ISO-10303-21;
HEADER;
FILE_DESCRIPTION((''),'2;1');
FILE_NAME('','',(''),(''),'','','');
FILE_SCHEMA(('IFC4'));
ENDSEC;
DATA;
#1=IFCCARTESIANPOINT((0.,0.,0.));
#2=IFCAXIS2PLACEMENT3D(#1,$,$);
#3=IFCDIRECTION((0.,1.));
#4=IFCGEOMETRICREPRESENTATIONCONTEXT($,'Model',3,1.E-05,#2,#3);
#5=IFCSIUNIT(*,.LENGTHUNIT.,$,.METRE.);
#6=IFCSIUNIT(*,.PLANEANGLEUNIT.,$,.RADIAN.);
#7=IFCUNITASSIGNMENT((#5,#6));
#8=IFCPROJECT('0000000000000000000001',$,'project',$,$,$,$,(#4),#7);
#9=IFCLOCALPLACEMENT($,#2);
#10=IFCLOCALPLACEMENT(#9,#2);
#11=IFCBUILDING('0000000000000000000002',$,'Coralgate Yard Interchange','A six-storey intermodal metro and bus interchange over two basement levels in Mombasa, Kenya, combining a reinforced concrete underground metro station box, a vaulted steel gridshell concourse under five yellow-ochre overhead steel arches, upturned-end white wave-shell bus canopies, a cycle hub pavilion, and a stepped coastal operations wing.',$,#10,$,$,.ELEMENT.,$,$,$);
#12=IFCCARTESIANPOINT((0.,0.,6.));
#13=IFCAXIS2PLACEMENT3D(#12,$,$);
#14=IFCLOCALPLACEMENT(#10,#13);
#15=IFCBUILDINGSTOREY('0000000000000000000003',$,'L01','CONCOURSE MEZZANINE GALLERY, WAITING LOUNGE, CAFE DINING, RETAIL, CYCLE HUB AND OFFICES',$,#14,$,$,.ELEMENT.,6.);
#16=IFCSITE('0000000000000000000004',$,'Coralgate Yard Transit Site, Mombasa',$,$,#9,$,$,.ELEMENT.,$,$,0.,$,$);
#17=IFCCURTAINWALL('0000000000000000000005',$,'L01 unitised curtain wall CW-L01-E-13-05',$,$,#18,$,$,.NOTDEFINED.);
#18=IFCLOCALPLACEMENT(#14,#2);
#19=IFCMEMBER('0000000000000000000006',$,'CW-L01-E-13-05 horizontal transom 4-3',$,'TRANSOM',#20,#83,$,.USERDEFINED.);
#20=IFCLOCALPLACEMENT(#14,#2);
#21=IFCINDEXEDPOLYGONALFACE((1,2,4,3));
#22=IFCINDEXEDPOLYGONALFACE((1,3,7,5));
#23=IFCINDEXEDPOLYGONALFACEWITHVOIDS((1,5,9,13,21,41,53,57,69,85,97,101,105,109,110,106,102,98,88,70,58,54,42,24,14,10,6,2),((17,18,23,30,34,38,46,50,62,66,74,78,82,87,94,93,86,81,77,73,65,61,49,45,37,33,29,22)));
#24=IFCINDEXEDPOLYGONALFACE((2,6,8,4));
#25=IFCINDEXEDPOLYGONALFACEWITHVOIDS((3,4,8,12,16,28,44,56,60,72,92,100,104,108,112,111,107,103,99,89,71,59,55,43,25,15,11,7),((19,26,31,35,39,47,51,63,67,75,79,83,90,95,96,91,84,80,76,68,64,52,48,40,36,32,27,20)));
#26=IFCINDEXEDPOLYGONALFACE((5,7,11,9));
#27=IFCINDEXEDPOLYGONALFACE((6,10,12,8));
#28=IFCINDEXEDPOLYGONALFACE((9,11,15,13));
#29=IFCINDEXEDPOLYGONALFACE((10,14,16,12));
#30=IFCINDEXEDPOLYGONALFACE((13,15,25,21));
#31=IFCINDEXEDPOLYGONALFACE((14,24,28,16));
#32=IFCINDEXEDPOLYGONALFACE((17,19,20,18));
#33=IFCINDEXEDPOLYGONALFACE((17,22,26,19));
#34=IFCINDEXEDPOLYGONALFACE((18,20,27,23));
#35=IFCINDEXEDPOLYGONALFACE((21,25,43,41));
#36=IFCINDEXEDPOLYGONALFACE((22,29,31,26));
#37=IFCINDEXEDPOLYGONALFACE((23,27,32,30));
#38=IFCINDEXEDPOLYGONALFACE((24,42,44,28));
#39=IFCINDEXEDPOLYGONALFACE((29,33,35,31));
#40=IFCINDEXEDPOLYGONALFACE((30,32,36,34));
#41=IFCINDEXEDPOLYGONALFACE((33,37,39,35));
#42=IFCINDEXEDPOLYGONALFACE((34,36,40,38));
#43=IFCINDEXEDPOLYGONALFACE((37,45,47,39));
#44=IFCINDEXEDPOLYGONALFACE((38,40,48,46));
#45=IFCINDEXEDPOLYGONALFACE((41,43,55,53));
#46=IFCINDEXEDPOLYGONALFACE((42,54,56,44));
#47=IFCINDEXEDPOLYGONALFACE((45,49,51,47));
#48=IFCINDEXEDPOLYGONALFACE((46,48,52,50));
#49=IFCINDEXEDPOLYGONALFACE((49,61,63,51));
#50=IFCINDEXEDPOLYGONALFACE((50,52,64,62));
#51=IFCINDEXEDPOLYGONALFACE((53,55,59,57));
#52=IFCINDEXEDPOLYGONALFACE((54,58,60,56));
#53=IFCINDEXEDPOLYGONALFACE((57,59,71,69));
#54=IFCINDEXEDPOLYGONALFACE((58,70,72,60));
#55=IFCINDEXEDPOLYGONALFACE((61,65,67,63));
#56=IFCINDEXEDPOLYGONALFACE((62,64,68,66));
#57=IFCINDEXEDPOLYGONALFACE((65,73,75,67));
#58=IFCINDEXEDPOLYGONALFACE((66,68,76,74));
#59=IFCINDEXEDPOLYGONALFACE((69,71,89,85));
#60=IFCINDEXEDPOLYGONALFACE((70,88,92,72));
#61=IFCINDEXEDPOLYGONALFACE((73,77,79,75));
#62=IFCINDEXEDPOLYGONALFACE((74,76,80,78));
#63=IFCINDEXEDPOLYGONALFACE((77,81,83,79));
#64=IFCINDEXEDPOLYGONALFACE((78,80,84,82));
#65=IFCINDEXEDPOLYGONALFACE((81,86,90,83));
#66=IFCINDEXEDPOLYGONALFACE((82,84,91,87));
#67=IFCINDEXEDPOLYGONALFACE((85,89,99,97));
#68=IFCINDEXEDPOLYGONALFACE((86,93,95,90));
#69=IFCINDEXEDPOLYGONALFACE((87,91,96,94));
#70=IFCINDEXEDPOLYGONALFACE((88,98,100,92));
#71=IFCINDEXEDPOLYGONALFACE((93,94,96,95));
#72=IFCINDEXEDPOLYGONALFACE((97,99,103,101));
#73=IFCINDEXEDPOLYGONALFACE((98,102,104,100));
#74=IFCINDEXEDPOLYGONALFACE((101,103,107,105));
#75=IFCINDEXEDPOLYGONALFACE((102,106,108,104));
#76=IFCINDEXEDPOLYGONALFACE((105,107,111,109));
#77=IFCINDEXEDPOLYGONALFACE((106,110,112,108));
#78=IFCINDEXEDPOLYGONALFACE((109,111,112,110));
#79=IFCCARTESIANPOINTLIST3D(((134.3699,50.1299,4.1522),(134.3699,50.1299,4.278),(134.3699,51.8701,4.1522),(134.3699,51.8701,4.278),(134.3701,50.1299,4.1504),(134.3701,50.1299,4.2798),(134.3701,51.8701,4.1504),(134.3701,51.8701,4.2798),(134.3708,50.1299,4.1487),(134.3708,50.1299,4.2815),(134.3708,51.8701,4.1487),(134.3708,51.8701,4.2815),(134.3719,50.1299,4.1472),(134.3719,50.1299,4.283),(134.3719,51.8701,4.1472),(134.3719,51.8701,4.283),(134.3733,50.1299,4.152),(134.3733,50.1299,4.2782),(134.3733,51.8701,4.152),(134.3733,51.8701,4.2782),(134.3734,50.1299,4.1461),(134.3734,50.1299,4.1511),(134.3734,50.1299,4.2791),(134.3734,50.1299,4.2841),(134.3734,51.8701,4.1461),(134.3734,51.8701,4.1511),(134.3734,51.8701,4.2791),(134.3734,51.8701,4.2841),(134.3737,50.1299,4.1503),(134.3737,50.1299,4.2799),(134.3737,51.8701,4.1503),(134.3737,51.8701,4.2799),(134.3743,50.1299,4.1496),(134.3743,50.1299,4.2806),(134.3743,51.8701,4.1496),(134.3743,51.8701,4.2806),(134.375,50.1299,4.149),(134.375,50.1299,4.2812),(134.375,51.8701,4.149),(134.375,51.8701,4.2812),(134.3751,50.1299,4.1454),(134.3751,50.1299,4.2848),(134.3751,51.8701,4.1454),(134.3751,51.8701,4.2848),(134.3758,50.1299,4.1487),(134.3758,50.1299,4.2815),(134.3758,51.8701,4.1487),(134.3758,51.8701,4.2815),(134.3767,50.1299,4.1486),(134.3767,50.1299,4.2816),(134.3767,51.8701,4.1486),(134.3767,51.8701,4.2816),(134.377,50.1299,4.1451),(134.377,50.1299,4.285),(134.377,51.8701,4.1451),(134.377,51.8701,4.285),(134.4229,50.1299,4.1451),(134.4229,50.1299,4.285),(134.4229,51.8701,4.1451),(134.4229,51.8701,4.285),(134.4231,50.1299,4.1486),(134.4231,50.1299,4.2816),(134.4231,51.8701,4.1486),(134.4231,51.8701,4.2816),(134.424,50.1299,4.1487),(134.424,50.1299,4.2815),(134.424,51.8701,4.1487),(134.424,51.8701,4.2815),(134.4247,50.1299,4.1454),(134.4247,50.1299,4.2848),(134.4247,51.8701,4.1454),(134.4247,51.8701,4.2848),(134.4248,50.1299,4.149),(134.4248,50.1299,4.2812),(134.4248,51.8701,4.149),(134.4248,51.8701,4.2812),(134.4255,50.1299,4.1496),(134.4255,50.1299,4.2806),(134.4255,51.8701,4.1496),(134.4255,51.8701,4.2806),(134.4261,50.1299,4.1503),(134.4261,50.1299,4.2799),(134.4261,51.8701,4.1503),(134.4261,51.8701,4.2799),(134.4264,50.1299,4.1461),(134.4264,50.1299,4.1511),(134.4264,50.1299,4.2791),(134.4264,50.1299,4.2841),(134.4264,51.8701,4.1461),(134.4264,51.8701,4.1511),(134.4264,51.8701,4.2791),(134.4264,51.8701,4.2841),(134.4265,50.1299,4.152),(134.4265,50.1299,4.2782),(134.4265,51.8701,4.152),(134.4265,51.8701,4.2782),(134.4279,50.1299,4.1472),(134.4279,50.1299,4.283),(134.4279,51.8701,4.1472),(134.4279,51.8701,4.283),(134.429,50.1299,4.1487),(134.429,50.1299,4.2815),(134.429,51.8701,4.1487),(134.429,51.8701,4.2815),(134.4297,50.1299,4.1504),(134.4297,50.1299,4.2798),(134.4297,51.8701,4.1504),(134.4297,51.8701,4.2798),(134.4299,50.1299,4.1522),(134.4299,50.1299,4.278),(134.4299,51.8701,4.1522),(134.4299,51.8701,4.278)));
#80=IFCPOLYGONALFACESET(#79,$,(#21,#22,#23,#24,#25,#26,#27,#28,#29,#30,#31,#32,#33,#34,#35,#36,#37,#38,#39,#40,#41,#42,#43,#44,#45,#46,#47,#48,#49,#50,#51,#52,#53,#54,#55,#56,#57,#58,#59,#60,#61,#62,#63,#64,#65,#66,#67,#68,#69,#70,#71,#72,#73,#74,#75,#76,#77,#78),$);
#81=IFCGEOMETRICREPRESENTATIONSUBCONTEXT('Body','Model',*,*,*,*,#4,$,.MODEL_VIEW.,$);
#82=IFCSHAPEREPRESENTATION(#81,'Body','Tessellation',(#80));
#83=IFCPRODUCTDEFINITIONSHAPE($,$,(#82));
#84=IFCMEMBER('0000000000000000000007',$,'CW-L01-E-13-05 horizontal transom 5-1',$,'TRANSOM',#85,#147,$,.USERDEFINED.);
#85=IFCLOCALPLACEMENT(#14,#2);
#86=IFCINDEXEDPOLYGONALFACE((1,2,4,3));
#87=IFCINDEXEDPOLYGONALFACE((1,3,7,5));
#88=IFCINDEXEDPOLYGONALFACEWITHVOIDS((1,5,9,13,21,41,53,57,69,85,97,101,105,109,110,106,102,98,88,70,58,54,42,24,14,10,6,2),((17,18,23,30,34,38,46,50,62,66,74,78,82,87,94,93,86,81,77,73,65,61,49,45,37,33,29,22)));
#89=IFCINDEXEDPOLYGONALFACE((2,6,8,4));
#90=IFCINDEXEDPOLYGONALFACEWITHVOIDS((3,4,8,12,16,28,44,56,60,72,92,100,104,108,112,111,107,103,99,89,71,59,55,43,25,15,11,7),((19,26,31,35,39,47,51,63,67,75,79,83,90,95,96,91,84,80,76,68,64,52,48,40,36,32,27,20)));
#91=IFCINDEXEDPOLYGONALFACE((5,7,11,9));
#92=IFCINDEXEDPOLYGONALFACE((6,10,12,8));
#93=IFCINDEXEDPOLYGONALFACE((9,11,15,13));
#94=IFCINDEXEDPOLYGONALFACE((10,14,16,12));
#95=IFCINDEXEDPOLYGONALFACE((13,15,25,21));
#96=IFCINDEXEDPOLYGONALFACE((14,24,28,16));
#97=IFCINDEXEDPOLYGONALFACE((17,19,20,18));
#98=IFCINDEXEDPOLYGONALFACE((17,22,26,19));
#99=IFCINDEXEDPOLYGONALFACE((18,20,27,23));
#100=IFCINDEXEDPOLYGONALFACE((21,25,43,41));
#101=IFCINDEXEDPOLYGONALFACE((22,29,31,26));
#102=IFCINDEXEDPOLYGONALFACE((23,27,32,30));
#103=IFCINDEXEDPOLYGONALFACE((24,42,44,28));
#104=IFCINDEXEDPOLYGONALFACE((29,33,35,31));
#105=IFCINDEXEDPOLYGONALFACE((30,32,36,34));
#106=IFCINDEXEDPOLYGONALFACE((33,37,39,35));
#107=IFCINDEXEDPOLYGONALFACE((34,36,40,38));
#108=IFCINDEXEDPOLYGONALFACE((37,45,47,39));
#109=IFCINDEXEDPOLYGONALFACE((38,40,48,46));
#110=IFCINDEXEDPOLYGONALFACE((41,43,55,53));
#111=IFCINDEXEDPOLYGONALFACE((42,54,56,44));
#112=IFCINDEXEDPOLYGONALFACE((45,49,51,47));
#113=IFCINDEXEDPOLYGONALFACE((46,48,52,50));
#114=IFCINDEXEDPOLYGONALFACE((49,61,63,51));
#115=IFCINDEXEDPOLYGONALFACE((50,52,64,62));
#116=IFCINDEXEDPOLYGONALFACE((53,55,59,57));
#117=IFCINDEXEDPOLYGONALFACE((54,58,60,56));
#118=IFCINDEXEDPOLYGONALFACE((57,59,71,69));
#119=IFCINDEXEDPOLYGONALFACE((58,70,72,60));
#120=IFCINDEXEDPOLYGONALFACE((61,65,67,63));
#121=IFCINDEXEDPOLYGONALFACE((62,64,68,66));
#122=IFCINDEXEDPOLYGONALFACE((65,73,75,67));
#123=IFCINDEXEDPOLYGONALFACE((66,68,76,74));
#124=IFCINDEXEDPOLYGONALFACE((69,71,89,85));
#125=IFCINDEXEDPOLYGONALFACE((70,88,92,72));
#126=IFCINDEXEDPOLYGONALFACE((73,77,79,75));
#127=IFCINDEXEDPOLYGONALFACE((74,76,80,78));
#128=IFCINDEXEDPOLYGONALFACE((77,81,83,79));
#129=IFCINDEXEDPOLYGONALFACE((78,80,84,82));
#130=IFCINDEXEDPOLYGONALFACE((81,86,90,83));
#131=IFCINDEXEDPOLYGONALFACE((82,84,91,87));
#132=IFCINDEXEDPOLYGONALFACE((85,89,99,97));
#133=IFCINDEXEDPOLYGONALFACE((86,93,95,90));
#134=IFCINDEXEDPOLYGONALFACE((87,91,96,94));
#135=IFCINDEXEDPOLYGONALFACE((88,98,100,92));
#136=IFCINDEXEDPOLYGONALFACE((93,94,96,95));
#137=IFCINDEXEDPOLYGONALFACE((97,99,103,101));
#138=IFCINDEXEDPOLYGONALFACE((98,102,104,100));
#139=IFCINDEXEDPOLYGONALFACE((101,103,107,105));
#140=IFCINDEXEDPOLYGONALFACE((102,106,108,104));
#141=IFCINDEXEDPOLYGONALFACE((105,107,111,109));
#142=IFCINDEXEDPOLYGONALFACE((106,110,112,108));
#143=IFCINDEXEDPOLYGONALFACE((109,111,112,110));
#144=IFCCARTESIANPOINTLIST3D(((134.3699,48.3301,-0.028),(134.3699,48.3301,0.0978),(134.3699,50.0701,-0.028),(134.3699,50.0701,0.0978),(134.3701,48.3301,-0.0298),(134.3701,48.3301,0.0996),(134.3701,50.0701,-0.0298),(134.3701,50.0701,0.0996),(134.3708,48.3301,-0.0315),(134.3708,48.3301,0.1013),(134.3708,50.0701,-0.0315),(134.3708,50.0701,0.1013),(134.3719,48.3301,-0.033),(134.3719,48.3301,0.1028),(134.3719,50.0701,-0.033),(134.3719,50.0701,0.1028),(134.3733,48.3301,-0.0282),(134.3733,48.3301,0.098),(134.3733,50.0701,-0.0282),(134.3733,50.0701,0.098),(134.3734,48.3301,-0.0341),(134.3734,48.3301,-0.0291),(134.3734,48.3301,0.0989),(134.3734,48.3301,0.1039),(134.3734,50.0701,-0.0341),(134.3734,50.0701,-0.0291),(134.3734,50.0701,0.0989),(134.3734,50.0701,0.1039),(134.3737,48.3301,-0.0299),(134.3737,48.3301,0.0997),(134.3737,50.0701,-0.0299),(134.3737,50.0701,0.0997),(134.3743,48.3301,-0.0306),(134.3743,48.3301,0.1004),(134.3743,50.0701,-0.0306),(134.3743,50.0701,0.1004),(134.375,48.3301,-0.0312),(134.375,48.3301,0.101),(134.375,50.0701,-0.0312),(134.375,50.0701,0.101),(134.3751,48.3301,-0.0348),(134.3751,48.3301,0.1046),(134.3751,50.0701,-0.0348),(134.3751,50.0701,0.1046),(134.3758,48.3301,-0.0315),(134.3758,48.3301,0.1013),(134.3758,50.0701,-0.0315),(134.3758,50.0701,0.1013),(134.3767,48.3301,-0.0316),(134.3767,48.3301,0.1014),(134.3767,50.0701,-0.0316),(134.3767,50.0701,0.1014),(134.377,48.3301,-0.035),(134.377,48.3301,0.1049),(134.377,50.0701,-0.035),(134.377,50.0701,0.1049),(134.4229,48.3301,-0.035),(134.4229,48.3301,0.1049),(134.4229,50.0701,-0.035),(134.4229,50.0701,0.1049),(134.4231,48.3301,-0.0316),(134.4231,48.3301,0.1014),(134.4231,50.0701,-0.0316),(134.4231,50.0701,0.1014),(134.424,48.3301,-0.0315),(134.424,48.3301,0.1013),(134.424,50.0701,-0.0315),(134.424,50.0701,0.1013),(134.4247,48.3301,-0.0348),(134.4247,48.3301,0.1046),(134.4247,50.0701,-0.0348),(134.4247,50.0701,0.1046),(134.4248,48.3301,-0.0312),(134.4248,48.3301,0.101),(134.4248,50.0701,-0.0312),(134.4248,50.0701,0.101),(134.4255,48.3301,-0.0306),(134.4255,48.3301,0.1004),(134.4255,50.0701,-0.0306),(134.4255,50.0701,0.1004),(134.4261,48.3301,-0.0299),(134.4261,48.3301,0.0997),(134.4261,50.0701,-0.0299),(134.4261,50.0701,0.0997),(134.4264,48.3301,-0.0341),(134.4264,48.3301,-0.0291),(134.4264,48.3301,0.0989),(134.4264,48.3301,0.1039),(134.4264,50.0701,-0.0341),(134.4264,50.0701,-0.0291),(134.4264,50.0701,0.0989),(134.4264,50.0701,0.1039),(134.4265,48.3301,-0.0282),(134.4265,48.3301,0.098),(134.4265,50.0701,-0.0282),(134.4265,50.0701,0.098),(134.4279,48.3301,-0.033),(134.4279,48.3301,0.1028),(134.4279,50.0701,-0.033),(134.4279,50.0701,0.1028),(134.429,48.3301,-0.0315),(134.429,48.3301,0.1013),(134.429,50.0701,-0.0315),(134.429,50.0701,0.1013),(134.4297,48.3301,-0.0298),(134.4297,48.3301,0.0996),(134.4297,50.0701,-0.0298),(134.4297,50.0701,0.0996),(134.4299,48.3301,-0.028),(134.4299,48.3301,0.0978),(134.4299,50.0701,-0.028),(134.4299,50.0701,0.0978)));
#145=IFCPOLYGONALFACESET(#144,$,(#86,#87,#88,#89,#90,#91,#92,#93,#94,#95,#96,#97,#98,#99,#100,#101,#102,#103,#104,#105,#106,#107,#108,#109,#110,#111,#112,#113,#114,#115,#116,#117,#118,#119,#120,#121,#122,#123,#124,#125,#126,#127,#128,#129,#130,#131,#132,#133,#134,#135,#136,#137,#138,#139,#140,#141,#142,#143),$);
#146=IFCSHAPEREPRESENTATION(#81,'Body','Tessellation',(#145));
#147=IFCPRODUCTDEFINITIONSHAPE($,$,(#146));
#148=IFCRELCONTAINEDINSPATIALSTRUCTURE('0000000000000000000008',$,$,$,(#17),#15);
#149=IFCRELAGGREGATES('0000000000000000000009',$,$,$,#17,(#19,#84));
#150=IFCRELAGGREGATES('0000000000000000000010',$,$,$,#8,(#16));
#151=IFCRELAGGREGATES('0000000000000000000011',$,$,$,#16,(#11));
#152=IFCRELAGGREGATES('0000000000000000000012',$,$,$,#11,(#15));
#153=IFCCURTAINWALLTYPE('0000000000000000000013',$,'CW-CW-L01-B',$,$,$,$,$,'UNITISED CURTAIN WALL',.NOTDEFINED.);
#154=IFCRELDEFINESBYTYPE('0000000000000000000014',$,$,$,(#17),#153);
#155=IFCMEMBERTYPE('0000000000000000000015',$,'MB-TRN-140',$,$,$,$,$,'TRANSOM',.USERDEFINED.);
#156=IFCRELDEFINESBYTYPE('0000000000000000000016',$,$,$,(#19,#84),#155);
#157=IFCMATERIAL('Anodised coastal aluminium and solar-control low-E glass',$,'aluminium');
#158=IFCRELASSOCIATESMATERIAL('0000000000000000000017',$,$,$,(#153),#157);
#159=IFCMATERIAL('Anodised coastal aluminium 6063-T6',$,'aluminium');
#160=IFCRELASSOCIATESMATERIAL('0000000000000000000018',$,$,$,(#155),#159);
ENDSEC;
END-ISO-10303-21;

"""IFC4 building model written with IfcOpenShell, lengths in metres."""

from ifc_helpers import new_model, si_unit, direction, frame, origin, origin_2d, place, context, subcontext, project, spatial, hollow_rectangle, extrude, material, material_profile, profile_set, type_object, element, aggregate, save


model = new_model("IFC4")

# Units and contexts
model_context = context("Model", 3, precision=1e-05, world=origin(), true_north=direction((0.0, 1.0)))
body_context = subcontext(model_context, "Body", "Model", "MODEL_VIEW")
ifc_project = project(units=[si_unit("LENGTHUNIT", "METRE"), si_unit("PLANEANGLEUNIT", "RADIAN")], contexts=[model_context])

# Site, building, storey
site_placement = place(None, origin())
site = spatial("IfcSite", under=ifc_project, at=site_placement, Name="Coralgate Yard Transit Site, Mombasa", CompositionType="ELEMENT", RefElevation=0.0)
building_placement = place(site_placement, origin())
building = spatial("IfcBuilding", under=site, at=building_placement, Name="Coralgate Yard Interchange", Description="A six-storey intermodal metro and bus interchange over two basement levels in Mombasa, Kenya, combining a reinforced concrete underground metro station box, a vaulted steel gridshell concourse under five yellow-ochre overhead steel arches, upturned-end white wave-shell bus canopies, a cycle hub pavilion, and a stepped coastal operations wing.", CompositionType="ELEMENT")
storey_placement = place(building_placement, frame((0.0, 0.0, 6.0)))
storey = spatial("IfcBuildingStorey", under=building, at=storey_placement, Name="L01", Description="CONCOURSE MEZZANINE GALLERY, WAITING LOUNGE, CAFE DINING, RETAIL, CYCLE HUB AND OFFICES", CompositionType="ELEMENT", Elevation=6.0)

# Shared definitions
ifc_material_1 = material(Name="Anodised coastal aluminium and solar-control low-E glass", Category="aluminium")
ifc_material_2 = material(Name="Anodised coastal aluminium 6063-T6", Category="aluminium")

# Curtain wall
curtain_wall_type_1 = type_object("IfcCurtainWallType", Name="CW-CW-L01-B", ElementType="UNITISED CURTAIN WALL", PredefinedType="NOTDEFINED", material=ifc_material_1)
curtain_wall_1_placement = place(storey_placement, origin())
curtain_wall_1 = element("IfcCurtainWall", 1, at=curtain_wall_1_placement, inside=storey, type_object=curtain_wall_type_1, Name="L01 unitised curtain wall CW-L01-E-13-05", PredefinedType="NOTDEFINED")

# Members
ifc_material_profile_1 = material_profile(ifc_material_2, hollow_rectangle(XDim=0.0601, YDim=0.1399, WallThickness=0.0034, InnerFilletRadius=0.0034, OuterFilletRadius=0.0071, at=origin_2d()), Name="ALU 60x140x3.5")
ifc_profile_set_1 = profile_set([ifc_material_profile_1], Name="Anodised coastal aluminium 6063-T6")
member_type_1 = type_object("IfcMemberType", Name="MB-TRN-140", ElementType="TRANSOM", PredefinedType="USERDEFINED", material=ifc_profile_set_1)
member_1_placement = place(storey_placement, frame((134.3999, 51.8701, 4.2151), z_axis=(0.0, -1.0, 0.0), x_axis=(1.0, 0.0, 0.0)))
member_1 = element("IfcMember", 2, at=member_1_placement, type_object=member_type_1, Name="CW-L01-E-13-05 horizontal transom 4-3", ObjectType="TRANSOM", PredefinedType="USERDEFINED", context=body_context, shape_type="SweptSolid", body=[
    extrude(hollow_rectangle(XDim=0.0601, YDim=0.1399, WallThickness=0.0034, InnerFilletRadius=0.0034, OuterFilletRadius=0.0071, at=origin_2d()), origin(), (0.0, 0.0, 1.0), 1.7402),
])
member_2_placement = place(storey_placement, frame((134.3999, 50.0701, 0.0349), z_axis=(0.0, -1.0, 0.0), x_axis=(1.0, 0.0, 0.0)))
member_2 = element("IfcMember", 3, at=member_2_placement, type_object=member_type_1, Name="CW-L01-E-13-05 horizontal transom 5-1", ObjectType="TRANSOM", PredefinedType="USERDEFINED", context=body_context, shape_type="SweptSolid", body=[
    extrude(hollow_rectangle(XDim=0.0601, YDim=0.1399, WallThickness=0.0034, InnerFilletRadius=0.0034, OuterFilletRadius=0.0071, at=origin_2d()), origin(), (0.0, 0.0, 1.0), 1.74),
])

aggregate(curtain_wall_1, [member_1, member_2])

save(model, "model.ifc")
